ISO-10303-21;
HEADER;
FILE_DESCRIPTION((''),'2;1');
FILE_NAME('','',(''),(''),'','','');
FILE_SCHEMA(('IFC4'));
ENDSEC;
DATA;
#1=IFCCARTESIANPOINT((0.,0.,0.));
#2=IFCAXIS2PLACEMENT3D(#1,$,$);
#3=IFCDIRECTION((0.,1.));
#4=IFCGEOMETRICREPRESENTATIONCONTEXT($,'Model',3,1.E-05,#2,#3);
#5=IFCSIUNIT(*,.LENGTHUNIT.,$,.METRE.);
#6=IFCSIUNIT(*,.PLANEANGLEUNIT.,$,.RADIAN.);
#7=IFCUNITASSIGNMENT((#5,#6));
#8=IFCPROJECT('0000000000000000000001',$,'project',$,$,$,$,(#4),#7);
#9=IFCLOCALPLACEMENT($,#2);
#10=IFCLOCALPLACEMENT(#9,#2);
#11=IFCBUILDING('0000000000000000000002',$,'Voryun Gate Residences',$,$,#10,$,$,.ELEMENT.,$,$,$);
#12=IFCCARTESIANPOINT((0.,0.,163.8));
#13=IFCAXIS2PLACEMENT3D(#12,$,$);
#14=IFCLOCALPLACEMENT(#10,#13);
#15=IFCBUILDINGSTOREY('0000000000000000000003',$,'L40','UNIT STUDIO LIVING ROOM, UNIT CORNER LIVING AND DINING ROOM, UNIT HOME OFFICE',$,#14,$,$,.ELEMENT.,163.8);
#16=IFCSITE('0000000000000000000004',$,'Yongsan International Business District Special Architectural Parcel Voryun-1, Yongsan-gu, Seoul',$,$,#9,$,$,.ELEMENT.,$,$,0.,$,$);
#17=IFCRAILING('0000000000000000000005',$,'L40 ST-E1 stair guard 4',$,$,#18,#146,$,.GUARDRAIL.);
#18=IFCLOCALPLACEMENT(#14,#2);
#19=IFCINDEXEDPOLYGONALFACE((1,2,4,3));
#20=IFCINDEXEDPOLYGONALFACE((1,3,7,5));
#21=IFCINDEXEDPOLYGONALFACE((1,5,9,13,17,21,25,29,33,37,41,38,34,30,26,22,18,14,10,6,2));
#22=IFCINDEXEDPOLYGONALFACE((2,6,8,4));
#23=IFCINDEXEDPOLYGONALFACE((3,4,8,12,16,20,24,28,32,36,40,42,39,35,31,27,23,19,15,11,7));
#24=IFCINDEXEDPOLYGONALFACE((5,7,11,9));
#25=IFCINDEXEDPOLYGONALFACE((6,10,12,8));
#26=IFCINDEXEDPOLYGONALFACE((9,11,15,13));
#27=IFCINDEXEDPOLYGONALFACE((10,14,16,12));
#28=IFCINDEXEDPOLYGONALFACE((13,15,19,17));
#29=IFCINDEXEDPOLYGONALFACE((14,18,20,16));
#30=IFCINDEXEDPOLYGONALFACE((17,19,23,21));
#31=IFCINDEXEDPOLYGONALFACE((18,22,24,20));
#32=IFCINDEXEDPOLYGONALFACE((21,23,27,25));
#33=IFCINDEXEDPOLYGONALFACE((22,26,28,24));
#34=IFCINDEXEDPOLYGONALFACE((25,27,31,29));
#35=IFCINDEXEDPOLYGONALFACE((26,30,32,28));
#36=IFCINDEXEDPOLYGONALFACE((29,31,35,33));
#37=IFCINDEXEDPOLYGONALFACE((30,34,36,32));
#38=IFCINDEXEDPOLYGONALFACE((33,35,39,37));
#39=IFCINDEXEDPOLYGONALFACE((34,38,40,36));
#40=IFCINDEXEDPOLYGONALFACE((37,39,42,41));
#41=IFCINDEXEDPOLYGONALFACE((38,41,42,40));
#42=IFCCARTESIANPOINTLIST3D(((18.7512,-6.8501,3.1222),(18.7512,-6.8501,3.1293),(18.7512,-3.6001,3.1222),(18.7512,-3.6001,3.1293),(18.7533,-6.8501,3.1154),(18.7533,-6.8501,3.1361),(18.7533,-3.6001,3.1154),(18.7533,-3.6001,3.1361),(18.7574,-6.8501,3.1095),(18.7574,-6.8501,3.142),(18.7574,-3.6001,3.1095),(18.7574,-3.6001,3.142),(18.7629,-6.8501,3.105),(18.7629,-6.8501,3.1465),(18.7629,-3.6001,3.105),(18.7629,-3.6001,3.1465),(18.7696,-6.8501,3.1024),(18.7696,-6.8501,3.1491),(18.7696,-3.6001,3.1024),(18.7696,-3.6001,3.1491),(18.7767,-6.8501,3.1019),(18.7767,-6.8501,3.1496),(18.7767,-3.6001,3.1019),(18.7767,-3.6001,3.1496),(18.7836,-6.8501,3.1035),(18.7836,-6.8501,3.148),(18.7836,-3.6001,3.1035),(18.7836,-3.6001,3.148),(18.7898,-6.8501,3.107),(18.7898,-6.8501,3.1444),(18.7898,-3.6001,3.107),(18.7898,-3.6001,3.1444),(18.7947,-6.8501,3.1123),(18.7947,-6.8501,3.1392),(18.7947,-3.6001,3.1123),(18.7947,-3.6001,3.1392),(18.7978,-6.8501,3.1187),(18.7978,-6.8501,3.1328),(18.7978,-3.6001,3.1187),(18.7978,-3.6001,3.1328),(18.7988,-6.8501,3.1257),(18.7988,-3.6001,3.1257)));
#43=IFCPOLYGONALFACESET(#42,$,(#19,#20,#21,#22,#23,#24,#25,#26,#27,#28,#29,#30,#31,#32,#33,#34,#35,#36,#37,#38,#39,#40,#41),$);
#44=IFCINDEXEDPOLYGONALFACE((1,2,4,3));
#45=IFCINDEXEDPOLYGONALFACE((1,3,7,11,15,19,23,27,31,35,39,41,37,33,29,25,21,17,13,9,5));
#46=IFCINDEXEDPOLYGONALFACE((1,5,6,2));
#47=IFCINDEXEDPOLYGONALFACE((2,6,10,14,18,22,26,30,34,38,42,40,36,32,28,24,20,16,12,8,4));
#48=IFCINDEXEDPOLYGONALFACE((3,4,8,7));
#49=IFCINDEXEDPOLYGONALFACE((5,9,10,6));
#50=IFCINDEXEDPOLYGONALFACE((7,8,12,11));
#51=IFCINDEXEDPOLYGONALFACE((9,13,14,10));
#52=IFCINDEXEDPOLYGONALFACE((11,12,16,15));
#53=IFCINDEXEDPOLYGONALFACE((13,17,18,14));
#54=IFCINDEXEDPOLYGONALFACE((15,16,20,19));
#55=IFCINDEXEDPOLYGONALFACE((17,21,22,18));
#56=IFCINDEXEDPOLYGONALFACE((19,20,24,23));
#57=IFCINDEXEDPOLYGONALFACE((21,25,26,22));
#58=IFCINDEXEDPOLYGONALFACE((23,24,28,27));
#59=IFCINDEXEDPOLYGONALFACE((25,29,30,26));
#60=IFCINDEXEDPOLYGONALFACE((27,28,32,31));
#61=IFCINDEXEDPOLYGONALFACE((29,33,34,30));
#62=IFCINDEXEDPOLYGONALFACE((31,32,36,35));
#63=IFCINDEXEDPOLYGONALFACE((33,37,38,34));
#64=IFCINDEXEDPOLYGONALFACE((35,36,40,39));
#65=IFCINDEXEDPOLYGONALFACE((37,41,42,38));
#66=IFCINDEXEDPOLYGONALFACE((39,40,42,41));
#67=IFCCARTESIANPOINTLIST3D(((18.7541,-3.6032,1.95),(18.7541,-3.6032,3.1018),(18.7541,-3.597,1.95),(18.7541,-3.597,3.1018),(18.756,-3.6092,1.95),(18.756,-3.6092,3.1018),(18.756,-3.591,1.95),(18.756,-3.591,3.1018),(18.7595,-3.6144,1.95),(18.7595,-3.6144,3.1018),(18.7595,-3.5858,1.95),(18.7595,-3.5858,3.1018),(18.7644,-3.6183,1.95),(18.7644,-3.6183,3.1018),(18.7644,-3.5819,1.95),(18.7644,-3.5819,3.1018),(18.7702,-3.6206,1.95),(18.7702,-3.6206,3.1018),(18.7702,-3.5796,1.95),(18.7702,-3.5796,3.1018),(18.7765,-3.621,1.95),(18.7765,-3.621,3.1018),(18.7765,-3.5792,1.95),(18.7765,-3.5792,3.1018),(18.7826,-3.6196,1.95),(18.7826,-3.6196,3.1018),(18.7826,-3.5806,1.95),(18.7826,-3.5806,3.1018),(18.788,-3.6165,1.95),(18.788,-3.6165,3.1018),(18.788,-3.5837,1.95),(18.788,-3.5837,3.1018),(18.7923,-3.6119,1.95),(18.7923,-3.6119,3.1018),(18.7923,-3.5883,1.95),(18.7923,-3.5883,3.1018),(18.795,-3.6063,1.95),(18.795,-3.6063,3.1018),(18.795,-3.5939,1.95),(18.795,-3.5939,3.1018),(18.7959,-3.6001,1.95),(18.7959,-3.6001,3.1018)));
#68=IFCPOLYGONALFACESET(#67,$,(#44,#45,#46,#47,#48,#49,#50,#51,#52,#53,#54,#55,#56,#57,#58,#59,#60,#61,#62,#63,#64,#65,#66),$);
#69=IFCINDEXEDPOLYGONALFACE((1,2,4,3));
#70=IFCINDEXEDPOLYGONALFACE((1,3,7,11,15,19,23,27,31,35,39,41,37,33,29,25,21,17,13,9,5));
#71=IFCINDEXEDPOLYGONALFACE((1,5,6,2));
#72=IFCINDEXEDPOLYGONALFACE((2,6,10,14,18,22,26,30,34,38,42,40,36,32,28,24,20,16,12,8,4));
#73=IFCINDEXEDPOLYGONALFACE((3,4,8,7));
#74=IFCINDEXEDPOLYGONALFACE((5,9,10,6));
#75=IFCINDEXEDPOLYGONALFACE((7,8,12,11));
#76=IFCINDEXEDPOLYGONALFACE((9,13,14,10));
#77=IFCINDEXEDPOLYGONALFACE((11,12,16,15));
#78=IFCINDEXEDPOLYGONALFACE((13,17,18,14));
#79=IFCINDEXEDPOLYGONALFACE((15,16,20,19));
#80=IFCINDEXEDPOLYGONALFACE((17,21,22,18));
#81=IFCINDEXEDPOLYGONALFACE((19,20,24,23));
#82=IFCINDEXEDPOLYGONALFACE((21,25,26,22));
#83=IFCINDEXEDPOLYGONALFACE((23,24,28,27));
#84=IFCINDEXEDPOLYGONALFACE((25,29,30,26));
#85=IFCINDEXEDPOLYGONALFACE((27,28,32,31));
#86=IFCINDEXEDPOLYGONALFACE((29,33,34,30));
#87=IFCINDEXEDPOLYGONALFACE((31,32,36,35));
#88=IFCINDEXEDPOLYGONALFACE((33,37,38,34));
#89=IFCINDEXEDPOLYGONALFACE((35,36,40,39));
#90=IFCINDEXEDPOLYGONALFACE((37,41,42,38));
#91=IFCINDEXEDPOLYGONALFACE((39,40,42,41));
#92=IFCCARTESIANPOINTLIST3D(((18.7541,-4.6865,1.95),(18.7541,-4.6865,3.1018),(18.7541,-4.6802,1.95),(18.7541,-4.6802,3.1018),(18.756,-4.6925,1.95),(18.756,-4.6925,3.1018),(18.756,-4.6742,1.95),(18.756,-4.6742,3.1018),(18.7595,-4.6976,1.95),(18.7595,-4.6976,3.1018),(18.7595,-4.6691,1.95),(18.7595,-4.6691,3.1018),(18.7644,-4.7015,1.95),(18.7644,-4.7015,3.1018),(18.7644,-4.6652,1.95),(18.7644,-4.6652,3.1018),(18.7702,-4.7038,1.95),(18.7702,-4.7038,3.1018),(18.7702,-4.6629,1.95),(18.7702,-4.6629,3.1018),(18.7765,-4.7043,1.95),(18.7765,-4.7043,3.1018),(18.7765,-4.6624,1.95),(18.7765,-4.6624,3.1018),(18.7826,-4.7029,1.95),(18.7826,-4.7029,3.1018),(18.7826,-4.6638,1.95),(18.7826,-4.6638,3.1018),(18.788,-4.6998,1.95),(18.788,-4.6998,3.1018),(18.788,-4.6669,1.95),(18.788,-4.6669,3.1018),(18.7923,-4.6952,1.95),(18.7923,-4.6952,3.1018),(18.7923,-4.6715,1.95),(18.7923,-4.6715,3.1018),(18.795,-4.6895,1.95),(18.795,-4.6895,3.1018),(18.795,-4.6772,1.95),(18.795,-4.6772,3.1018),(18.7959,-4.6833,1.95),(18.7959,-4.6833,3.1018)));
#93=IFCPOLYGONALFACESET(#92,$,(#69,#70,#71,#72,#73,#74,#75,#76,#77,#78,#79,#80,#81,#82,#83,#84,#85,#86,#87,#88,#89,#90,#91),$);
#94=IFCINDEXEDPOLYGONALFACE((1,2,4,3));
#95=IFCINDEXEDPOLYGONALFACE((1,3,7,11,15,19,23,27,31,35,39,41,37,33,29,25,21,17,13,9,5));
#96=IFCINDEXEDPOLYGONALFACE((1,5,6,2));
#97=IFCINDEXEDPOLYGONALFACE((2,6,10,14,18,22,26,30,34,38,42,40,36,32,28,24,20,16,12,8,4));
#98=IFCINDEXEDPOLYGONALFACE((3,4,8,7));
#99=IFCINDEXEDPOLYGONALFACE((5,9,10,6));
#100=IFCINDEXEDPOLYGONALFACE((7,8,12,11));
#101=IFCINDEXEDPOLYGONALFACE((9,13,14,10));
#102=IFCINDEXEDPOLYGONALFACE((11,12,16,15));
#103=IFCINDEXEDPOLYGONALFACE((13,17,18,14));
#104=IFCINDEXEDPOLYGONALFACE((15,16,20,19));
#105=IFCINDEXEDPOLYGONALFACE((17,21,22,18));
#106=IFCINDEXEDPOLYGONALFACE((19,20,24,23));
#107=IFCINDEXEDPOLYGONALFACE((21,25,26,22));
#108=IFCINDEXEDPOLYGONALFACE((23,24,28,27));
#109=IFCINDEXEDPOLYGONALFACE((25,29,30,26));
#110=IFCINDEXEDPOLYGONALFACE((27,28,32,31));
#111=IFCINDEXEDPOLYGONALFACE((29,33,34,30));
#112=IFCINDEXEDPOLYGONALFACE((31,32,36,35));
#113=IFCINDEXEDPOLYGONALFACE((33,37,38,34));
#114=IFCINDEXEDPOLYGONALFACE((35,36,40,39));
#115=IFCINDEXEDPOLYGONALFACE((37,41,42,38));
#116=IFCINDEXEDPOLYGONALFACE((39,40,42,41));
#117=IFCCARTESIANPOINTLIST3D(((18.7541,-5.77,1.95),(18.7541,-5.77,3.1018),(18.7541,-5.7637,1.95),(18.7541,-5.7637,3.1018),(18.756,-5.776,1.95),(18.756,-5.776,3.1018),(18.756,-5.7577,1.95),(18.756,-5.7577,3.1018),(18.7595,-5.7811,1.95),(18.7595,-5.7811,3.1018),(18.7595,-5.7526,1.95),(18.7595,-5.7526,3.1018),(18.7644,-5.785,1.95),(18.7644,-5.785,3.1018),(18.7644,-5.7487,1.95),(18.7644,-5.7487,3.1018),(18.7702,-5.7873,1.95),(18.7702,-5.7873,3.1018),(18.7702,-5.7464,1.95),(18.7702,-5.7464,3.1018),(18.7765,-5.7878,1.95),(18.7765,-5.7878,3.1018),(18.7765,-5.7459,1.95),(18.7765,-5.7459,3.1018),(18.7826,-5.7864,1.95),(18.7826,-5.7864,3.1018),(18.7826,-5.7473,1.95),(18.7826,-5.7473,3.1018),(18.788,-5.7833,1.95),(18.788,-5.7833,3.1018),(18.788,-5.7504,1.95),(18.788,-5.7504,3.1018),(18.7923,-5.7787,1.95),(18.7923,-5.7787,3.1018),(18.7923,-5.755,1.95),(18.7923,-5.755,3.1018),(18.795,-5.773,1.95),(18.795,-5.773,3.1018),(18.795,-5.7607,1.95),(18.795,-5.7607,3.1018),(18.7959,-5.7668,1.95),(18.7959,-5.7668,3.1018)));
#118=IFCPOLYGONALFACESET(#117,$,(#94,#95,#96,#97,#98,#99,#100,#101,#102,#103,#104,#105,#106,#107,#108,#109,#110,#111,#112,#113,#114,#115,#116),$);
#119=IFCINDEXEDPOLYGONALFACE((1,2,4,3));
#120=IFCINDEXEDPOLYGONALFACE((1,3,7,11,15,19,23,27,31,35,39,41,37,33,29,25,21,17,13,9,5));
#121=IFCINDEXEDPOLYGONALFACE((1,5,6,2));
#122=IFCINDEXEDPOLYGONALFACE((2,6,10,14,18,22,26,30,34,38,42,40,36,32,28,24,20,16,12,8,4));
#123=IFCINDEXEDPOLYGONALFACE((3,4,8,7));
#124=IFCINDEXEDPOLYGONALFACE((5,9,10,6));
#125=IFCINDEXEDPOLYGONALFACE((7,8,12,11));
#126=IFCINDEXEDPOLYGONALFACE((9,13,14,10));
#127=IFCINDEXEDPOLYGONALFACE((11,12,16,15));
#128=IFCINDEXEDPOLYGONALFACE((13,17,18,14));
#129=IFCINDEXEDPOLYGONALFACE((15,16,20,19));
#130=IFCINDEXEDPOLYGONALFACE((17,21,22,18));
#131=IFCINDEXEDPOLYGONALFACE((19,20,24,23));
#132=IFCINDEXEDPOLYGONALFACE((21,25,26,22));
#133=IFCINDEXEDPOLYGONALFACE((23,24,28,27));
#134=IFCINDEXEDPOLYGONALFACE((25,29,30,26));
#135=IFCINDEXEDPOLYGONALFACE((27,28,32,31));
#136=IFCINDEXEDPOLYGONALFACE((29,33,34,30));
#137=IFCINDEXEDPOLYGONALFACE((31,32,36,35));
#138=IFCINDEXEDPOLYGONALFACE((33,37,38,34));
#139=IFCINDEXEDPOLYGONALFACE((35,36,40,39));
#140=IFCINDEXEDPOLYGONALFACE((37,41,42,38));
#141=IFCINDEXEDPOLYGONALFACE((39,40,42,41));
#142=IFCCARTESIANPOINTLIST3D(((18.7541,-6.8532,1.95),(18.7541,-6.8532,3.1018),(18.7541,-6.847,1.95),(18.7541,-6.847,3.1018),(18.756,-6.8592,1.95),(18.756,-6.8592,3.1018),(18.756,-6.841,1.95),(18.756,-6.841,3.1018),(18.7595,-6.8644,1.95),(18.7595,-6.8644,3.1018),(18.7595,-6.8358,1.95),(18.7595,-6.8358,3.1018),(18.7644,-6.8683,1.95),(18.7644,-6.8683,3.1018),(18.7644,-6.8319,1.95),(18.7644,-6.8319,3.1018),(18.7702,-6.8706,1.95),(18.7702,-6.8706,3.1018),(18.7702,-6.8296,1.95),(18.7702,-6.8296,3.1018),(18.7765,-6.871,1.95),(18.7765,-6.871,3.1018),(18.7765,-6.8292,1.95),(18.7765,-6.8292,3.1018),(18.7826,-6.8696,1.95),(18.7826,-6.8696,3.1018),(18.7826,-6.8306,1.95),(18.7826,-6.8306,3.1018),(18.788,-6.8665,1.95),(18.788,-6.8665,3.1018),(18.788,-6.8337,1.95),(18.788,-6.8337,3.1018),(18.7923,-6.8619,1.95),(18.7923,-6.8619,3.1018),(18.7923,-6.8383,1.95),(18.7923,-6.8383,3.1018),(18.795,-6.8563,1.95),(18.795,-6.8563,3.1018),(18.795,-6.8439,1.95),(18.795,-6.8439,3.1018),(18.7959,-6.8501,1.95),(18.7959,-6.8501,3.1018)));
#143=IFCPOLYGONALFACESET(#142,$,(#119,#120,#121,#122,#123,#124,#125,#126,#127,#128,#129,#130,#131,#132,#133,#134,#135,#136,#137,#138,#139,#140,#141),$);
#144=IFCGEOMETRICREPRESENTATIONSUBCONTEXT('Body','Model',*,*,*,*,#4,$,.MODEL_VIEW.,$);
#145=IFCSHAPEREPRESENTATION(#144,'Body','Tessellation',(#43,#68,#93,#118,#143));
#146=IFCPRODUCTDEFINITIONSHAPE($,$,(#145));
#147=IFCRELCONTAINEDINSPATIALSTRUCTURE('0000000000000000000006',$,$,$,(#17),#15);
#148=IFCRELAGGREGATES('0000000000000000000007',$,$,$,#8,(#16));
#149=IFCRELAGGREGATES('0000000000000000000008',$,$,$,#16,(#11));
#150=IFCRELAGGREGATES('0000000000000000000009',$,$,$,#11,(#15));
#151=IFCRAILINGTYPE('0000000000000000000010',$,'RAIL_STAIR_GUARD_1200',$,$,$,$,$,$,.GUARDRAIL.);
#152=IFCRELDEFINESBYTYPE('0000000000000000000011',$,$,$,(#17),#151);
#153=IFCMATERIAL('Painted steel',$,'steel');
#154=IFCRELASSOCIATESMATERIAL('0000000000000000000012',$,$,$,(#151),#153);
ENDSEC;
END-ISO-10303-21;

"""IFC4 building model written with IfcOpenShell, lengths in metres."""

from ifc_helpers import new_model, si_unit, direction, frame, origin, origin_2d, place, context, subcontext, project, spatial, circle, extrude, material, type_object, element, save


model = new_model("IFC4")

# Units and contexts
model_context = context("Model", 3, precision=1e-05, world=origin(), true_north=direction((0.0, 1.0)))
body_context = subcontext(model_context, "Body", "Model", "MODEL_VIEW")
ifc_project = project(units=[si_unit("LENGTHUNIT", "METRE"), si_unit("PLANEANGLEUNIT", "RADIAN")], contexts=[model_context])

# Site, building, storey
site_placement = place(None, origin())
site = spatial("IfcSite", under=ifc_project, at=site_placement, Name="Yongsan International Business District Special Architectural Parcel Voryun-1, Yongsan-gu, Seoul", CompositionType="ELEMENT", RefElevation=0.0)
building_placement = place(site_placement, origin())
building = spatial("IfcBuilding", under=site, at=building_placement, Name="Voryun Gate Residences", CompositionType="ELEMENT")
storey_placement = place(building_placement, frame((0.0, 0.0, 163.8)))
storey = spatial("IfcBuildingStorey", under=building, at=storey_placement, Name="L40", Description="UNIT STUDIO LIVING ROOM, UNIT CORNER LIVING AND DINING ROOM, UNIT HOME OFFICE", CompositionType="ELEMENT", Elevation=163.8)

# Railing
ifc_material_1 = material(Name="Painted steel", Category="steel")
railing_type_1 = type_object("IfcRailingType", Name="RAIL_STAIR_GUARD_1200", PredefinedType="GUARDRAIL", material=ifc_material_1)
for number, where, name in (
    (1, (18.7749, -3.6001, 1.95), "L40 ST-E1 stair guard 4"),
):
    element("IfcRailing", number, at=place(storey_placement, frame(where)), inside=storey, type_object=railing_type_1, Name=name, PredefinedType="GUARDRAIL", context=body_context, shape_type="SweptSolid", body=[
        extrude(circle(Radius=0.0239, at=origin_2d()), frame((0.0, 0.0, 1.1758), z_axis=(0.0, -1.0, 0.0), x_axis=(1.0, 0.0, 0.0)), (0.0, 0.0, 1.0), 3.25),
        extrude(circle(Radius=0.021, at=origin_2d()), origin(), (0.0, 0.0, 1.0), 1.1519),
        extrude(circle(Radius=0.021, at=origin_2d()), frame((0.0, -1.0833, 0.0)), (0.0, 0.0, 1.0), 1.1519),
        extrude(circle(Radius=0.021, at=origin_2d()), frame((0.0, -2.1667, 0.0)), (0.0, 0.0, 1.0), 1.1519),
        extrude(circle(Radius=0.021, at=origin_2d()), frame((0.0, -3.25, 0.0)), (0.0, 0.0, 1.0), 1.1519),
    ])

save(model, "model.ifc")
